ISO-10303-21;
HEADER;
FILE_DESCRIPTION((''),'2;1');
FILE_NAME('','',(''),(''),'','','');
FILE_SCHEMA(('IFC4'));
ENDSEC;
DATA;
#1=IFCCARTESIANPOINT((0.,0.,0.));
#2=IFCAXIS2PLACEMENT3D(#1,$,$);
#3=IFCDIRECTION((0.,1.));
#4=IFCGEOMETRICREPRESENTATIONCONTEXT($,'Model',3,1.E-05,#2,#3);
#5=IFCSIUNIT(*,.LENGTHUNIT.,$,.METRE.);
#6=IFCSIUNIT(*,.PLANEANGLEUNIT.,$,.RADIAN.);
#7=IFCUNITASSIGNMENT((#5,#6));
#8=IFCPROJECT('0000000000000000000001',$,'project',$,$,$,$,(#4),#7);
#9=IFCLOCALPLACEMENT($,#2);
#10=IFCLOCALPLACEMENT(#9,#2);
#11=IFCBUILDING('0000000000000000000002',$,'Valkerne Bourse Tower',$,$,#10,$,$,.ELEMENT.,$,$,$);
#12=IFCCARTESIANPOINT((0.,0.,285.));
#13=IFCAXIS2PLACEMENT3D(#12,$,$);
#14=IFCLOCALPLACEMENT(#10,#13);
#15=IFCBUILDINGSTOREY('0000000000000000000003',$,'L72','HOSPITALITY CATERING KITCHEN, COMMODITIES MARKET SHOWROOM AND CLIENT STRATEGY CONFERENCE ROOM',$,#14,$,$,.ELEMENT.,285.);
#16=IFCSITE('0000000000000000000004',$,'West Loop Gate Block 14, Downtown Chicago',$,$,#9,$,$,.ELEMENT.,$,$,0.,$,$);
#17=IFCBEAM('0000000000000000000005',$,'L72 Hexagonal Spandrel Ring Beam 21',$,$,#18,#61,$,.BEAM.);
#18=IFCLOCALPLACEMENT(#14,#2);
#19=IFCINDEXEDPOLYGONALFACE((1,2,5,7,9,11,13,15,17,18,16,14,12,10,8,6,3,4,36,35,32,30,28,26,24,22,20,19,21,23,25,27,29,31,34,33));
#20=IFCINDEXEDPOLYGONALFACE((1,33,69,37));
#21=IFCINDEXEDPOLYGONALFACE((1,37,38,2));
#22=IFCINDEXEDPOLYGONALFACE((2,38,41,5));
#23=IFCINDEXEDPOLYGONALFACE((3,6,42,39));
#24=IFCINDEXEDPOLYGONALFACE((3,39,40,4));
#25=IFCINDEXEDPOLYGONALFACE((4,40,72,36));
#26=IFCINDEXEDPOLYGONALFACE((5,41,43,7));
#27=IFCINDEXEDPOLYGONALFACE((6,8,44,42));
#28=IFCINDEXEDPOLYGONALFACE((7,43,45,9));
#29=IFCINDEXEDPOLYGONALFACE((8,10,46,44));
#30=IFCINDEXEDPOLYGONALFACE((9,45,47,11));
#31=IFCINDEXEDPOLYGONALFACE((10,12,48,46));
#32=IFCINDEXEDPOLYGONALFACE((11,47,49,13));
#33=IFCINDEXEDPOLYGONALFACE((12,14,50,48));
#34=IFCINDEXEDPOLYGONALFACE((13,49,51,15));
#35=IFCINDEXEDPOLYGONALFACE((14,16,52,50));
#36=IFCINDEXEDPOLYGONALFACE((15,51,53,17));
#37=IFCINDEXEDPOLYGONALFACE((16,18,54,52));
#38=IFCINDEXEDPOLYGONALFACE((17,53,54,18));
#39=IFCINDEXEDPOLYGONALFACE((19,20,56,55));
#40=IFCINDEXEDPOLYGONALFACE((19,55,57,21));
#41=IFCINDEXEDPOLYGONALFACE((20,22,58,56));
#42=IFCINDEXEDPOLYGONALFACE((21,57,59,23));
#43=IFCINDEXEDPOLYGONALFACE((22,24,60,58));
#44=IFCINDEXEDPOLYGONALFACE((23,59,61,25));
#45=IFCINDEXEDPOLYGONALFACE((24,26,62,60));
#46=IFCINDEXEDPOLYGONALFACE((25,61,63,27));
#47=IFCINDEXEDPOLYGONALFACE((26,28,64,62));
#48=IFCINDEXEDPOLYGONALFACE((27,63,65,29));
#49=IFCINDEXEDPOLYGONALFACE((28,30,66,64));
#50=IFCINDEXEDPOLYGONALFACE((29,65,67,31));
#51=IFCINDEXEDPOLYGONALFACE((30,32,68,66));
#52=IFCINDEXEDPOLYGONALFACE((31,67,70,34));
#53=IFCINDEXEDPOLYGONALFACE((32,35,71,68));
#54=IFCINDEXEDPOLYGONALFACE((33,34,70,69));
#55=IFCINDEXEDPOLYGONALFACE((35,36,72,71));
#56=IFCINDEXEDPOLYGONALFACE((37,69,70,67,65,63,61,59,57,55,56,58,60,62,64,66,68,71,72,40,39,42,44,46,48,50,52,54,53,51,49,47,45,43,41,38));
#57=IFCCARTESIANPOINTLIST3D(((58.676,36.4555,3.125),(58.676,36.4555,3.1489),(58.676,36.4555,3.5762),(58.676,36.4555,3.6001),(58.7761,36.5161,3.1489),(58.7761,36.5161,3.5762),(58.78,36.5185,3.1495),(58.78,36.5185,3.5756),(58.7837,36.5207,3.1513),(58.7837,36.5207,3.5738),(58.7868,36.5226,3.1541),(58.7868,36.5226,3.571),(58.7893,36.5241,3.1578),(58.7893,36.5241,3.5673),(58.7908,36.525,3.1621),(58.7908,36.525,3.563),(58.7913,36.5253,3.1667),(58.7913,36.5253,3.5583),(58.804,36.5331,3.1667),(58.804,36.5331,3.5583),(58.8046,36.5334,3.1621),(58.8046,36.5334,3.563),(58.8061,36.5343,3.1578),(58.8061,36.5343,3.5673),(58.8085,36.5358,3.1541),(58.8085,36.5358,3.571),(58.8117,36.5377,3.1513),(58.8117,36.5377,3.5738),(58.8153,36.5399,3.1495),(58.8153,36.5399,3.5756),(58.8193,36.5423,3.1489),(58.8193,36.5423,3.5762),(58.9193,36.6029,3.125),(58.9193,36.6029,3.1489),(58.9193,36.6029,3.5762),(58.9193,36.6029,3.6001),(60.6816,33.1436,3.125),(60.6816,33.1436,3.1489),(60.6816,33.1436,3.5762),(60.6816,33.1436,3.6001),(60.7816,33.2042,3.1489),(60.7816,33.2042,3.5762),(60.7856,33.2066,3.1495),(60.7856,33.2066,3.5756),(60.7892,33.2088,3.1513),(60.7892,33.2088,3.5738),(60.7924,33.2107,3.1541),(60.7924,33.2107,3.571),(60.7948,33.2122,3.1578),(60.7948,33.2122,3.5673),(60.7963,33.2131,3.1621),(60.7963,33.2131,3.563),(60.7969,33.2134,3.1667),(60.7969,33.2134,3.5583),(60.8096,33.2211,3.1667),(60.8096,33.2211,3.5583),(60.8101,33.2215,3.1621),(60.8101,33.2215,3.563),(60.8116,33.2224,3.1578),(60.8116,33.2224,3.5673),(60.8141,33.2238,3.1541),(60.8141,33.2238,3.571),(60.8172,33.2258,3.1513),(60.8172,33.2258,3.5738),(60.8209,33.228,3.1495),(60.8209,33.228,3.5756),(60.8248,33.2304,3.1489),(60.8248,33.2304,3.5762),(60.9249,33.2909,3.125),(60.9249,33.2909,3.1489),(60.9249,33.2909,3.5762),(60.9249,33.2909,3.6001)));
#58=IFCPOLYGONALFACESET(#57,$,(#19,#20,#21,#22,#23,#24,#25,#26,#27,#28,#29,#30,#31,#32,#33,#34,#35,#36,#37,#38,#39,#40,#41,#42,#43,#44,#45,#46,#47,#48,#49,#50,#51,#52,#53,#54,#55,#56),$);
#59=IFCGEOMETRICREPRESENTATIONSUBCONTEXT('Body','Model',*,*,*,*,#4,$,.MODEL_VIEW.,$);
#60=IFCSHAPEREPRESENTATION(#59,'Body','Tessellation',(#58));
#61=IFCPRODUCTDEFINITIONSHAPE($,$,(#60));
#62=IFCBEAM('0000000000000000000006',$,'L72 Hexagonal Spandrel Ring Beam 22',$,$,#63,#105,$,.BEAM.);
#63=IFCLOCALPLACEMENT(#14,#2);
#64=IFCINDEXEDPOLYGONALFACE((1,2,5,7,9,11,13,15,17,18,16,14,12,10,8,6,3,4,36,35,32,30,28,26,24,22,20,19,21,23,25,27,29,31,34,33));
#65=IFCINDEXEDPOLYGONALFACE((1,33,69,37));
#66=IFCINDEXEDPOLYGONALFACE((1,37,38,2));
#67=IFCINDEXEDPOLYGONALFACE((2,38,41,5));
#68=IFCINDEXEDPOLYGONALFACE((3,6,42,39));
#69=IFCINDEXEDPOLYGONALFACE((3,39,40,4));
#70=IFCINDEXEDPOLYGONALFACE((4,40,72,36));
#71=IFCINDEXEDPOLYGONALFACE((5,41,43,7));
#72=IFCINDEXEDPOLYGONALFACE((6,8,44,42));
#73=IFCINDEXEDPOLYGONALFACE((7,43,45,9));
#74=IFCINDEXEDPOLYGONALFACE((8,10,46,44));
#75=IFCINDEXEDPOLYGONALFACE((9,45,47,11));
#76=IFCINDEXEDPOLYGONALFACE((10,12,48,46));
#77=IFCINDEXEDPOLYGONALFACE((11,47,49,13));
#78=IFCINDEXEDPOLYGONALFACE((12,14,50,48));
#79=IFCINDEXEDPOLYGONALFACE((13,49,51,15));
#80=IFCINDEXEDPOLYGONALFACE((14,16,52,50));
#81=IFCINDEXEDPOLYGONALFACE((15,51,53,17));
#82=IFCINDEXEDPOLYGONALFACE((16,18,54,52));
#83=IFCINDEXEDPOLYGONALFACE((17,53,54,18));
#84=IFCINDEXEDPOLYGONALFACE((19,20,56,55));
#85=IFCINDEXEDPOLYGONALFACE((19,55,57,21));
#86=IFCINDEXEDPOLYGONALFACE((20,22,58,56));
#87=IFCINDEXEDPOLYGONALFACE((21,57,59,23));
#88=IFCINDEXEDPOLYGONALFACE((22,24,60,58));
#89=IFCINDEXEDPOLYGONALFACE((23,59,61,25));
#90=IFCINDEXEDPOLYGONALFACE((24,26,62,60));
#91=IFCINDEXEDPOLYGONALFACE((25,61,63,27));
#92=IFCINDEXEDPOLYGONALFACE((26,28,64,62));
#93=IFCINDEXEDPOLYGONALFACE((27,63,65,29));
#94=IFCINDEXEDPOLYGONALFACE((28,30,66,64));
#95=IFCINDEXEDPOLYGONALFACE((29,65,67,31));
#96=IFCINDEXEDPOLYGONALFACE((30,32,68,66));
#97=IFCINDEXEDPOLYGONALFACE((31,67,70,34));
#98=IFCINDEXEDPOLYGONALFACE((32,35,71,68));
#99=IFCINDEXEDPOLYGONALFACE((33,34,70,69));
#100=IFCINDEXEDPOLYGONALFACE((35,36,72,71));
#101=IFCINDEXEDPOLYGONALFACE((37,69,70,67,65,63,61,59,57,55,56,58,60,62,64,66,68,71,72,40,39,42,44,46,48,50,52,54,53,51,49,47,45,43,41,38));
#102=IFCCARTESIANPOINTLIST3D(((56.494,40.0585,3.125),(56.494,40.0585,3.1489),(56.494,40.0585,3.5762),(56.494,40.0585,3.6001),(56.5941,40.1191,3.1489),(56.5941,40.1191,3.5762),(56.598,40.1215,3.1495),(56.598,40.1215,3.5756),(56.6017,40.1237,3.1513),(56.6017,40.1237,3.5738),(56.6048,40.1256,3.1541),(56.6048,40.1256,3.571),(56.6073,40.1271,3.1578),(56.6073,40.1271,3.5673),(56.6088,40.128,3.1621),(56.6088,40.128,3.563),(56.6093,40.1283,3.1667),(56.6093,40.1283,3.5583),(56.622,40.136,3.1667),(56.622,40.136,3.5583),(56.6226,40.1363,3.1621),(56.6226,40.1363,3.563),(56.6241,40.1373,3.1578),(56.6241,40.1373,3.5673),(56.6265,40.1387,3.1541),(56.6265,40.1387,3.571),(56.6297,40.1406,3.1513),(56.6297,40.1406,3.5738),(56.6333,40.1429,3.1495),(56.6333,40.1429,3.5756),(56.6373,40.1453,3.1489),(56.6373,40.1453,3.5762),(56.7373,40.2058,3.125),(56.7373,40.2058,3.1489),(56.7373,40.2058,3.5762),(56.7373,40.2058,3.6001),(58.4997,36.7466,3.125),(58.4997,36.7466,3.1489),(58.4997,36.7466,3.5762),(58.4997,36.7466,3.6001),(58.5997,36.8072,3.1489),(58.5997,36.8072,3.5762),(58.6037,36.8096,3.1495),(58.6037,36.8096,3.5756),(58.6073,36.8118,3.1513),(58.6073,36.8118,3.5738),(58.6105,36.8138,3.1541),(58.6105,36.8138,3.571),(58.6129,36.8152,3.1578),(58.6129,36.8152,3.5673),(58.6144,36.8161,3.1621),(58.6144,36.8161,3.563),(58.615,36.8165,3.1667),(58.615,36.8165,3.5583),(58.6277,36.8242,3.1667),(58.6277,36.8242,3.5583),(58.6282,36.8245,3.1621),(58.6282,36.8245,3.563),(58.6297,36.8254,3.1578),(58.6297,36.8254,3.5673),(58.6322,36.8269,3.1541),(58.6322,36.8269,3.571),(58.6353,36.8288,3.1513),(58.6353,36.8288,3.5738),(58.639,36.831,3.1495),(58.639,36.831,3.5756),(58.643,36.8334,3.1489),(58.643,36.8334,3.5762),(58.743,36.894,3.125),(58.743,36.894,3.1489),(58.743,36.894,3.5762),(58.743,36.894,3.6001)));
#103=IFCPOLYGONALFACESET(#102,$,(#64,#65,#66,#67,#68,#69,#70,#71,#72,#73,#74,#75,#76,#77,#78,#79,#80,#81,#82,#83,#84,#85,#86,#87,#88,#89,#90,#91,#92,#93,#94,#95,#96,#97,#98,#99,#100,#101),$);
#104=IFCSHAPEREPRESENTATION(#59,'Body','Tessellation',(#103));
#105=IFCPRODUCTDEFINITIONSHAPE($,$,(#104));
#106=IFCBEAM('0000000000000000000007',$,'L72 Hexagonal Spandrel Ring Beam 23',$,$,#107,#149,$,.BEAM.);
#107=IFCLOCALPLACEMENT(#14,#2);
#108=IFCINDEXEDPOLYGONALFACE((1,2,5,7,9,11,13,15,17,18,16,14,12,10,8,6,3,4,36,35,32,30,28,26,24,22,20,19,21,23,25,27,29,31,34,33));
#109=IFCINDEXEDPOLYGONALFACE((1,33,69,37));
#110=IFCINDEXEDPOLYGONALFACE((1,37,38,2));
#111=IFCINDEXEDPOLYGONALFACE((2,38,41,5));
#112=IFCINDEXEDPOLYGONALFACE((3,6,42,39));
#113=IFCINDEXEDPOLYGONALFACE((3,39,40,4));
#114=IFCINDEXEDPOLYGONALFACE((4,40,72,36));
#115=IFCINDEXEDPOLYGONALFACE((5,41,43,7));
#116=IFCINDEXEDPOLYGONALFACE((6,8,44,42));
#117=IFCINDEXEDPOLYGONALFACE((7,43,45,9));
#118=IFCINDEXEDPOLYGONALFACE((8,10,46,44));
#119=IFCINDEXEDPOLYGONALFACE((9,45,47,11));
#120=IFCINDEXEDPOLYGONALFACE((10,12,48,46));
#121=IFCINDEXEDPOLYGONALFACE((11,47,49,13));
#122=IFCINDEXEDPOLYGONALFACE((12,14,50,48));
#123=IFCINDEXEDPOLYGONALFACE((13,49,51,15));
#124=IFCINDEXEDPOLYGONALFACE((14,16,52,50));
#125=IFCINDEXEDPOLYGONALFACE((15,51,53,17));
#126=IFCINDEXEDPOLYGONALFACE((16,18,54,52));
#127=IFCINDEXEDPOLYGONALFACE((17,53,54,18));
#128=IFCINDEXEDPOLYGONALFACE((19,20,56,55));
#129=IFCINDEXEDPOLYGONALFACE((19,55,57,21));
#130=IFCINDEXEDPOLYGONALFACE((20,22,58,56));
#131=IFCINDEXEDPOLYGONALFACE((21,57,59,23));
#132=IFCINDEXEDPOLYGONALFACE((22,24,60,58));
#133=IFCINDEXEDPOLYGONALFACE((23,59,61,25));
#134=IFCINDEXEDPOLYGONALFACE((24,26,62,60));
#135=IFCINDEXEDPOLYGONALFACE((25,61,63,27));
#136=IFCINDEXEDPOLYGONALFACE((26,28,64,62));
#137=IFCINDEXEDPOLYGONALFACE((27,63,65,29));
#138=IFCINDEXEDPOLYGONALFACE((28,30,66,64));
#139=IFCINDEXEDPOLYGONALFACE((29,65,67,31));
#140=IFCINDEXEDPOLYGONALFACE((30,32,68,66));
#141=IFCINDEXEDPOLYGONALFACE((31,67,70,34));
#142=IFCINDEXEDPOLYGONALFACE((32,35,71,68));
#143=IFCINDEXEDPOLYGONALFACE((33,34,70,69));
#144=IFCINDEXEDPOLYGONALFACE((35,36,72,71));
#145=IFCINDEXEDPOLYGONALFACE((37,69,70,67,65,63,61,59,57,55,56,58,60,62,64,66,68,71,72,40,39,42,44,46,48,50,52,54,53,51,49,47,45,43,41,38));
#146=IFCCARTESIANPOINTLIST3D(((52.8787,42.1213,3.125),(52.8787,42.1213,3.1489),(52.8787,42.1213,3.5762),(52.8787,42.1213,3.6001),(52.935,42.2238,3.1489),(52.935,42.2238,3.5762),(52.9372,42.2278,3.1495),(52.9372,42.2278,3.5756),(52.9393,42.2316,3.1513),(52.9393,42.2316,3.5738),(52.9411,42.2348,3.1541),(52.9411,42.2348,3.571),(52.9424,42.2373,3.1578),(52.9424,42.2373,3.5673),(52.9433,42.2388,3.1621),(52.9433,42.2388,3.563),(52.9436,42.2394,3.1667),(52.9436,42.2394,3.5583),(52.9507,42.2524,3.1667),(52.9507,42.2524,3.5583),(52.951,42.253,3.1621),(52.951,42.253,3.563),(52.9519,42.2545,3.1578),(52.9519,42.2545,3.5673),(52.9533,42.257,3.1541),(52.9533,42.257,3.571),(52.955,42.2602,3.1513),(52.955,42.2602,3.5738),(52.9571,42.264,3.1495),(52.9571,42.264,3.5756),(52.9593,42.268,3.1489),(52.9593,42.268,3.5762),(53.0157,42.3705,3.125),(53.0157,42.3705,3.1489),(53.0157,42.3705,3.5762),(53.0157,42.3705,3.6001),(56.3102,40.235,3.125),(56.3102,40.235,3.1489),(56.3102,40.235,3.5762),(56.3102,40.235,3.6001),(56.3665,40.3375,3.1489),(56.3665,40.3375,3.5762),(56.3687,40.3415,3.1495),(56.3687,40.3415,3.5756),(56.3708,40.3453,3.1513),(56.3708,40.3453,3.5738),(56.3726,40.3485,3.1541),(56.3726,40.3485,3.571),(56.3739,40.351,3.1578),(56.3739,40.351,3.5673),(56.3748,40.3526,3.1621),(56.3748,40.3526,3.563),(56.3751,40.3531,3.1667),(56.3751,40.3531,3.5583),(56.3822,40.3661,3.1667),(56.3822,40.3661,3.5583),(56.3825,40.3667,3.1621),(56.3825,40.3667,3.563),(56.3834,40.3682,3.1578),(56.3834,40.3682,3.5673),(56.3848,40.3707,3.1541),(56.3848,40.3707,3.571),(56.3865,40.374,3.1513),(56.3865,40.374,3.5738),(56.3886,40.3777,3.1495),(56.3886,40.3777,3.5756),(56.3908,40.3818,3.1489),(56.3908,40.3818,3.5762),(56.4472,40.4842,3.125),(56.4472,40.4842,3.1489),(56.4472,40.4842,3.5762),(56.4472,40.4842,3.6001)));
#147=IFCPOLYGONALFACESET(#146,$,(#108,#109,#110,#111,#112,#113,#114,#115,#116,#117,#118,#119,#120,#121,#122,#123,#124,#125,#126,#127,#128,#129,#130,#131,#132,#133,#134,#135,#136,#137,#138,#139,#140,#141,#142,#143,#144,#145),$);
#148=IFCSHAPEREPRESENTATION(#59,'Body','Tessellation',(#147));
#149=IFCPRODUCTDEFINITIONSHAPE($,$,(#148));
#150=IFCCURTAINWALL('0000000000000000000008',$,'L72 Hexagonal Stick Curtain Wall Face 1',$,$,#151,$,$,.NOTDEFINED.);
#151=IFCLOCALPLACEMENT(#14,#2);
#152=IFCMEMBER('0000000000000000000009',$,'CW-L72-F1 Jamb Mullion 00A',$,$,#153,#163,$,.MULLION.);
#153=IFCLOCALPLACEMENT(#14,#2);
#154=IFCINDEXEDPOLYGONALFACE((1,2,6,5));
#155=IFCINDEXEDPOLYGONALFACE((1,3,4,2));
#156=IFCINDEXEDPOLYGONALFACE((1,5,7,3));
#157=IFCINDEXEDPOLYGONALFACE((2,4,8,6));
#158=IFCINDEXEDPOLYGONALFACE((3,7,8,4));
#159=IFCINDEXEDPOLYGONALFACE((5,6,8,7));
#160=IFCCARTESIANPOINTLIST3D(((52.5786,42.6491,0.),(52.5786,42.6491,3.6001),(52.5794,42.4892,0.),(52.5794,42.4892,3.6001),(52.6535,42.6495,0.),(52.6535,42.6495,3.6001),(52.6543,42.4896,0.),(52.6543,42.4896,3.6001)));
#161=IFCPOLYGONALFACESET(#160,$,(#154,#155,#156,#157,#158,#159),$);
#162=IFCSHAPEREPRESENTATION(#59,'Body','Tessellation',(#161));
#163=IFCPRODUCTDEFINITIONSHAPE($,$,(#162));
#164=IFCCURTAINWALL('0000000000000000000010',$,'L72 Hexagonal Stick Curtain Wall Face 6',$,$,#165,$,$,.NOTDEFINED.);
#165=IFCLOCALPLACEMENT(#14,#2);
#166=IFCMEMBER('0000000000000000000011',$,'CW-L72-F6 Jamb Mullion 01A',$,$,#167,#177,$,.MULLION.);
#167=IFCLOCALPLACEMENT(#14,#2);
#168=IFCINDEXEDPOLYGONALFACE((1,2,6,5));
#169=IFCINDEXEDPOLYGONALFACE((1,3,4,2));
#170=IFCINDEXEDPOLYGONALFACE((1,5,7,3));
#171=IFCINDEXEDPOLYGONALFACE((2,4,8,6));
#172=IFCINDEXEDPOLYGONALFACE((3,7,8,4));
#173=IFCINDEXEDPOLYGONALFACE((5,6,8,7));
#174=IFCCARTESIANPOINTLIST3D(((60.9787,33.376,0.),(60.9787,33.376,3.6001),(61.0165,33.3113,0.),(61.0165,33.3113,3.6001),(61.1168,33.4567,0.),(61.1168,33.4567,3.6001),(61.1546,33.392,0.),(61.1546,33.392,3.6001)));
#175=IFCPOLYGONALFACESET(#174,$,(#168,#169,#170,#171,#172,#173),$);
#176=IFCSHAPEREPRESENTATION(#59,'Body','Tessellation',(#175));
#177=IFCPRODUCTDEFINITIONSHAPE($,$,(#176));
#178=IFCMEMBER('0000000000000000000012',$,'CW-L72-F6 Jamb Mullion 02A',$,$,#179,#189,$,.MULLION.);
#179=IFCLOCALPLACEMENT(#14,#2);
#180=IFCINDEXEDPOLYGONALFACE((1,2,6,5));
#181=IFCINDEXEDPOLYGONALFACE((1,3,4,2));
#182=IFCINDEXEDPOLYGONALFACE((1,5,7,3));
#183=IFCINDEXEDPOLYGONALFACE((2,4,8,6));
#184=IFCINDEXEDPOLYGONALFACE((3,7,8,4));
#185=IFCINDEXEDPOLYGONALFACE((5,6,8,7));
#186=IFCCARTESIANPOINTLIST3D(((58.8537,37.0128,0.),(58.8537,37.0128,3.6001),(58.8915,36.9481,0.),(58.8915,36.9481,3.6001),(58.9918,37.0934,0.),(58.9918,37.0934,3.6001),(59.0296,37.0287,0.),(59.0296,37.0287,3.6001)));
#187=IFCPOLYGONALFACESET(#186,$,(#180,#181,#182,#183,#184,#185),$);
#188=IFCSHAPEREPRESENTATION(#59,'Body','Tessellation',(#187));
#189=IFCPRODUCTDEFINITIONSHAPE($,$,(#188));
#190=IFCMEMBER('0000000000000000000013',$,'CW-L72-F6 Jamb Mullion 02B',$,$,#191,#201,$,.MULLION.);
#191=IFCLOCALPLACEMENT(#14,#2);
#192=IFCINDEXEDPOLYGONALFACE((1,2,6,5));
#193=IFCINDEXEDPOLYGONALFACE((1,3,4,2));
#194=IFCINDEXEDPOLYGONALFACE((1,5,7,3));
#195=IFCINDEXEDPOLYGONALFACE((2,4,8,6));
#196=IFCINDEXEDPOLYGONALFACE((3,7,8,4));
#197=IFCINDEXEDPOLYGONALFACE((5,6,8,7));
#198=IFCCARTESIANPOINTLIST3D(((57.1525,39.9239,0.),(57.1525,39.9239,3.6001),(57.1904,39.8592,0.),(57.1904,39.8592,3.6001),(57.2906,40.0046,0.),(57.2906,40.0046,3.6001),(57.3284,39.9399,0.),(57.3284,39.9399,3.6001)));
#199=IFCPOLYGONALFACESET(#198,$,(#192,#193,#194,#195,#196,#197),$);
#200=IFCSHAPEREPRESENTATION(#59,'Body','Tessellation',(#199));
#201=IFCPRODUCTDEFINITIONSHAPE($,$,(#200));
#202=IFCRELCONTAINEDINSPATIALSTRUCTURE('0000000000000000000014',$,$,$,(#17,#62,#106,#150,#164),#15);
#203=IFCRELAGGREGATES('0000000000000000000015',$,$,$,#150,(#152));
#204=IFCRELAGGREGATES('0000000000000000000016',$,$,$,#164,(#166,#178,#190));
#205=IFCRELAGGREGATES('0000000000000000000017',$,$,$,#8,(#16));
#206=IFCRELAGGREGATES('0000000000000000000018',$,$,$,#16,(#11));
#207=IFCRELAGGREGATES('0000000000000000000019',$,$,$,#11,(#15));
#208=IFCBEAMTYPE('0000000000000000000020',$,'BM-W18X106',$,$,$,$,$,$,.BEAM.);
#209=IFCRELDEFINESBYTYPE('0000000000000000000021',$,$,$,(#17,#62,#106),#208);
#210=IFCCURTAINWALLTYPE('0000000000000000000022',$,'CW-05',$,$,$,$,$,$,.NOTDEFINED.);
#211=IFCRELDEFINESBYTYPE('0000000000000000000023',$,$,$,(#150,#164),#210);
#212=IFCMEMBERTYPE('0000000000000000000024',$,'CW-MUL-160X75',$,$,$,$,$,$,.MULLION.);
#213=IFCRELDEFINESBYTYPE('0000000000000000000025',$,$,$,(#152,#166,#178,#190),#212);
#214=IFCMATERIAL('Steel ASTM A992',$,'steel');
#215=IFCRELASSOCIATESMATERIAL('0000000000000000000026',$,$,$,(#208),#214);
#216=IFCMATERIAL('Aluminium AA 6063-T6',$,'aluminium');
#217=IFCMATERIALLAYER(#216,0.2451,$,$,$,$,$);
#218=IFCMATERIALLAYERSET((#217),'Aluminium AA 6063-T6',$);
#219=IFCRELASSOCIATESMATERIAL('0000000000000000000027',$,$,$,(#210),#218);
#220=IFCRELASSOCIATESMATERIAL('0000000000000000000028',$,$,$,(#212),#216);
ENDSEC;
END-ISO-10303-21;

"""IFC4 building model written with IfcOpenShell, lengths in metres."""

from ifc_helpers import new_model, si_unit, direction, frame, origin, origin_2d, place, context, subcontext, project, spatial, rectangle, i_section, extrude, material, layer, layer_set, material_profile, profile_set, type_object, element, aggregate, save


model = new_model("IFC4")

# Units and contexts
model_context = context("Model", 3, precision=1e-05, world=origin(), true_north=direction((0.0, 1.0)))
body_context = subcontext(model_context, "Body", "Model", "MODEL_VIEW")
ifc_project = project(units=[si_unit("LENGTHUNIT", "METRE"), si_unit("PLANEANGLEUNIT", "RADIAN")], contexts=[model_context])

# Site, building, storey
site_placement = place(None, origin())
site = spatial("IfcSite", under=ifc_project, at=site_placement, Name="West Loop Gate Block 14, Downtown Chicago", CompositionType="ELEMENT", RefElevation=0.0)
building_placement = place(site_placement, origin())
building = spatial("IfcBuilding", under=site, at=building_placement, Name="Valkerne Bourse Tower", CompositionType="ELEMENT")
storey_placement = place(building_placement, frame((0.0, 0.0, 285.0)))
storey = spatial("IfcBuildingStorey", under=building, at=storey_placement, Name="L72", Description="HOSPITALITY CATERING KITCHEN, COMMODITIES MARKET SHOWROOM AND CLIENT STRATEGY CONFERENCE ROOM", CompositionType="ELEMENT", Elevation=285.0)

# Beams
ifc_material_1 = material(Name="Steel ASTM A992", Category="steel")
ifc_material_profile_1 = material_profile(ifc_material_1, i_section(OverallWidth=0.2844, OverallDepth=0.4751, WebThickness=0.0149, FlangeThickness=0.0239, FilletRadius=0.0178, at=origin_2d()), Name="W18X106")
ifc_profile_set_1 = profile_set([ifc_material_profile_1], Name="Steel ASTM A992")
beam_type = type_object("IfcBeamType", Name="BM-W18X106", PredefinedType="BEAM", material=ifc_profile_set_1)
for number, where, z_axis, x_axis, name in (
    (1, (60.8032, 33.2173, 3.3625), (-0.517987, 0.855388, 0.0), (-0.855388, -0.517987, 0.0), "L72 Hexagonal Spandrel Ring Beam 21"),
    (2, (58.6213, 36.8203, 3.3625), (-0.518015, 0.855371, 0.0), (-0.855371, -0.518015, 0.0), "L72 Hexagonal Spandrel Ring Beam 22"),
):
    element("IfcBeam", number, at=place(storey_placement, frame(where, z_axis=z_axis, x_axis=x_axis)), inside=storey, type_object=beam_type, Name=name, PredefinedType="BEAM", context=body_context, shape_type="SweptSolid", body=[
        extrude(i_section(OverallWidth=0.2844, OverallDepth=0.4751, WebThickness=0.0149, FlangeThickness=0.0239, FilletRadius=0.0178, at=origin_2d()), origin(), (0.0, 0.0, 1.0), 3.8718),
    ])
beam_1_placement = place(storey_placement, frame((56.3787, 40.3596, 3.3625), z_axis=(-0.876328, 0.481715, 0.0), x_axis=(-0.481715, -0.876328, 0.0)))
element("IfcBeam", 3, at=beam_1_placement, inside=storey, type_object=beam_type, Name="L72 Hexagonal Spandrel Ring Beam 23", PredefinedType="BEAM", context=body_context, shape_type="SweptSolid", body=[
    extrude(i_section(OverallWidth=0.2844, OverallDepth=0.4751, WebThickness=0.0149, FlangeThickness=0.0239, FilletRadius=0.0178, at=origin_2d()), origin(), (0.0, 0.0, 1.0), 3.9158),
])

# Curtain wall, member
ifc_material_2 = material(Name="Aluminium AA 6063-T6", Category="aluminium")
ifc_layer_1 = layer(ifc_material_2, 0.2451)
ifc_layer_set_1 = layer_set([ifc_layer_1], Name="Aluminium AA 6063-T6")
curtain_wall_type = type_object("IfcCurtainWallType", Name="CW-05", PredefinedType="NOTDEFINED", material=ifc_layer_set_1)
curtain_wall_1_placement = place(storey_placement, origin())
curtain_wall_1 = element("IfcCurtainWall", 4, at=curtain_wall_1_placement, inside=storey, type_object=curtain_wall_type, Name="L72 Hexagonal Stick Curtain Wall Face 1", PredefinedType="NOTDEFINED")
ifc_material_profile_2 = material_profile(ifc_material_2, rectangle(XDim=0.075, YDim=0.1599, at=origin_2d()), Name="CWM-75X160")
ifc_profile_set_2 = profile_set([ifc_material_profile_2], Name="Aluminium AA 6063-T6")
member_type_1 = type_object("IfcMemberType", Name="CW-MUL-160X75", PredefinedType="MULLION", material=ifc_profile_set_2)
member_1_placement = place(storey_placement, frame((52.6165, 42.5693, 0.0), z_axis=(0.0, 0.0, 1.0), x_axis=(-0.999986, -0.005223, 0.0)))
member_1 = element("IfcMember", 5, at=member_1_placement, type_object=member_type_1, Name="CW-L72-F1 Jamb Mullion 00A", PredefinedType="MULLION", context=body_context, shape_type="SweptSolid", body=[
    extrude(rectangle(XDim=0.075, YDim=0.1599, at=origin_2d()), origin(), (0.0, 0.0, 1.0), 3.6001),
])

# Curtain wall, members
curtain_wall_2_placement = place(storey_placement, origin())
curtain_wall_2 = element("IfcCurtainWall", 6, at=curtain_wall_2_placement, inside=storey, type_object=curtain_wall_type, Name="L72 Hexagonal Stick Curtain Wall Face 6", PredefinedType="NOTDEFINED")
member_2_placement = place(storey_placement, frame((61.0667, 33.384, 0.0), z_axis=(0.0, 0.0, 1.0), x_axis=(-0.504535, 0.863391, 0.0)))
member_2 = element("IfcMember", 7, at=member_2_placement, type_object=member_type_1, Name="CW-L72-F6 Jamb Mullion 01A", PredefinedType="MULLION", context=body_context, shape_type="SweptSolid", body=[
    extrude(rectangle(XDim=0.075, YDim=0.1599, at=origin_2d()), origin(), (0.0, 0.0, 1.0), 3.6001),
])
member_3_placement = place(storey_placement, frame((58.9417, 37.0208, 0.0), z_axis=(0.0, 0.0, 1.0), x_axis=(-0.504535, 0.863391, 0.0)))
member_3 = element("IfcMember", 8, at=member_3_placement, type_object=member_type_1, Name="CW-L72-F6 Jamb Mullion 02A", PredefinedType="MULLION", context=body_context, shape_type="SweptSolid", body=[
    extrude(rectangle(XDim=0.075, YDim=0.1599, at=origin_2d()), origin(), (0.0, 0.0, 1.0), 3.6001),
])
member_4_placement = place(storey_placement, frame((57.2405, 39.9319, 0.0), z_axis=(0.0, 0.0, 1.0), x_axis=(-0.504535, 0.863391, 0.0)))
member_4 = element("IfcMember", 9, at=member_4_placement, type_object=member_type_1, Name="CW-L72-F6 Jamb Mullion 02B", PredefinedType="MULLION", context=body_context, shape_type="SweptSolid", body=[
    extrude(rectangle(XDim=0.075, YDim=0.1599, at=origin_2d()), origin(), (0.0, 0.0, 1.0), 3.6001),
])

aggregate(curtain_wall_1, [member_1])

aggregate(curtain_wall_2, [member_2, member_3, member_4])

save(model, "model.ifc")
